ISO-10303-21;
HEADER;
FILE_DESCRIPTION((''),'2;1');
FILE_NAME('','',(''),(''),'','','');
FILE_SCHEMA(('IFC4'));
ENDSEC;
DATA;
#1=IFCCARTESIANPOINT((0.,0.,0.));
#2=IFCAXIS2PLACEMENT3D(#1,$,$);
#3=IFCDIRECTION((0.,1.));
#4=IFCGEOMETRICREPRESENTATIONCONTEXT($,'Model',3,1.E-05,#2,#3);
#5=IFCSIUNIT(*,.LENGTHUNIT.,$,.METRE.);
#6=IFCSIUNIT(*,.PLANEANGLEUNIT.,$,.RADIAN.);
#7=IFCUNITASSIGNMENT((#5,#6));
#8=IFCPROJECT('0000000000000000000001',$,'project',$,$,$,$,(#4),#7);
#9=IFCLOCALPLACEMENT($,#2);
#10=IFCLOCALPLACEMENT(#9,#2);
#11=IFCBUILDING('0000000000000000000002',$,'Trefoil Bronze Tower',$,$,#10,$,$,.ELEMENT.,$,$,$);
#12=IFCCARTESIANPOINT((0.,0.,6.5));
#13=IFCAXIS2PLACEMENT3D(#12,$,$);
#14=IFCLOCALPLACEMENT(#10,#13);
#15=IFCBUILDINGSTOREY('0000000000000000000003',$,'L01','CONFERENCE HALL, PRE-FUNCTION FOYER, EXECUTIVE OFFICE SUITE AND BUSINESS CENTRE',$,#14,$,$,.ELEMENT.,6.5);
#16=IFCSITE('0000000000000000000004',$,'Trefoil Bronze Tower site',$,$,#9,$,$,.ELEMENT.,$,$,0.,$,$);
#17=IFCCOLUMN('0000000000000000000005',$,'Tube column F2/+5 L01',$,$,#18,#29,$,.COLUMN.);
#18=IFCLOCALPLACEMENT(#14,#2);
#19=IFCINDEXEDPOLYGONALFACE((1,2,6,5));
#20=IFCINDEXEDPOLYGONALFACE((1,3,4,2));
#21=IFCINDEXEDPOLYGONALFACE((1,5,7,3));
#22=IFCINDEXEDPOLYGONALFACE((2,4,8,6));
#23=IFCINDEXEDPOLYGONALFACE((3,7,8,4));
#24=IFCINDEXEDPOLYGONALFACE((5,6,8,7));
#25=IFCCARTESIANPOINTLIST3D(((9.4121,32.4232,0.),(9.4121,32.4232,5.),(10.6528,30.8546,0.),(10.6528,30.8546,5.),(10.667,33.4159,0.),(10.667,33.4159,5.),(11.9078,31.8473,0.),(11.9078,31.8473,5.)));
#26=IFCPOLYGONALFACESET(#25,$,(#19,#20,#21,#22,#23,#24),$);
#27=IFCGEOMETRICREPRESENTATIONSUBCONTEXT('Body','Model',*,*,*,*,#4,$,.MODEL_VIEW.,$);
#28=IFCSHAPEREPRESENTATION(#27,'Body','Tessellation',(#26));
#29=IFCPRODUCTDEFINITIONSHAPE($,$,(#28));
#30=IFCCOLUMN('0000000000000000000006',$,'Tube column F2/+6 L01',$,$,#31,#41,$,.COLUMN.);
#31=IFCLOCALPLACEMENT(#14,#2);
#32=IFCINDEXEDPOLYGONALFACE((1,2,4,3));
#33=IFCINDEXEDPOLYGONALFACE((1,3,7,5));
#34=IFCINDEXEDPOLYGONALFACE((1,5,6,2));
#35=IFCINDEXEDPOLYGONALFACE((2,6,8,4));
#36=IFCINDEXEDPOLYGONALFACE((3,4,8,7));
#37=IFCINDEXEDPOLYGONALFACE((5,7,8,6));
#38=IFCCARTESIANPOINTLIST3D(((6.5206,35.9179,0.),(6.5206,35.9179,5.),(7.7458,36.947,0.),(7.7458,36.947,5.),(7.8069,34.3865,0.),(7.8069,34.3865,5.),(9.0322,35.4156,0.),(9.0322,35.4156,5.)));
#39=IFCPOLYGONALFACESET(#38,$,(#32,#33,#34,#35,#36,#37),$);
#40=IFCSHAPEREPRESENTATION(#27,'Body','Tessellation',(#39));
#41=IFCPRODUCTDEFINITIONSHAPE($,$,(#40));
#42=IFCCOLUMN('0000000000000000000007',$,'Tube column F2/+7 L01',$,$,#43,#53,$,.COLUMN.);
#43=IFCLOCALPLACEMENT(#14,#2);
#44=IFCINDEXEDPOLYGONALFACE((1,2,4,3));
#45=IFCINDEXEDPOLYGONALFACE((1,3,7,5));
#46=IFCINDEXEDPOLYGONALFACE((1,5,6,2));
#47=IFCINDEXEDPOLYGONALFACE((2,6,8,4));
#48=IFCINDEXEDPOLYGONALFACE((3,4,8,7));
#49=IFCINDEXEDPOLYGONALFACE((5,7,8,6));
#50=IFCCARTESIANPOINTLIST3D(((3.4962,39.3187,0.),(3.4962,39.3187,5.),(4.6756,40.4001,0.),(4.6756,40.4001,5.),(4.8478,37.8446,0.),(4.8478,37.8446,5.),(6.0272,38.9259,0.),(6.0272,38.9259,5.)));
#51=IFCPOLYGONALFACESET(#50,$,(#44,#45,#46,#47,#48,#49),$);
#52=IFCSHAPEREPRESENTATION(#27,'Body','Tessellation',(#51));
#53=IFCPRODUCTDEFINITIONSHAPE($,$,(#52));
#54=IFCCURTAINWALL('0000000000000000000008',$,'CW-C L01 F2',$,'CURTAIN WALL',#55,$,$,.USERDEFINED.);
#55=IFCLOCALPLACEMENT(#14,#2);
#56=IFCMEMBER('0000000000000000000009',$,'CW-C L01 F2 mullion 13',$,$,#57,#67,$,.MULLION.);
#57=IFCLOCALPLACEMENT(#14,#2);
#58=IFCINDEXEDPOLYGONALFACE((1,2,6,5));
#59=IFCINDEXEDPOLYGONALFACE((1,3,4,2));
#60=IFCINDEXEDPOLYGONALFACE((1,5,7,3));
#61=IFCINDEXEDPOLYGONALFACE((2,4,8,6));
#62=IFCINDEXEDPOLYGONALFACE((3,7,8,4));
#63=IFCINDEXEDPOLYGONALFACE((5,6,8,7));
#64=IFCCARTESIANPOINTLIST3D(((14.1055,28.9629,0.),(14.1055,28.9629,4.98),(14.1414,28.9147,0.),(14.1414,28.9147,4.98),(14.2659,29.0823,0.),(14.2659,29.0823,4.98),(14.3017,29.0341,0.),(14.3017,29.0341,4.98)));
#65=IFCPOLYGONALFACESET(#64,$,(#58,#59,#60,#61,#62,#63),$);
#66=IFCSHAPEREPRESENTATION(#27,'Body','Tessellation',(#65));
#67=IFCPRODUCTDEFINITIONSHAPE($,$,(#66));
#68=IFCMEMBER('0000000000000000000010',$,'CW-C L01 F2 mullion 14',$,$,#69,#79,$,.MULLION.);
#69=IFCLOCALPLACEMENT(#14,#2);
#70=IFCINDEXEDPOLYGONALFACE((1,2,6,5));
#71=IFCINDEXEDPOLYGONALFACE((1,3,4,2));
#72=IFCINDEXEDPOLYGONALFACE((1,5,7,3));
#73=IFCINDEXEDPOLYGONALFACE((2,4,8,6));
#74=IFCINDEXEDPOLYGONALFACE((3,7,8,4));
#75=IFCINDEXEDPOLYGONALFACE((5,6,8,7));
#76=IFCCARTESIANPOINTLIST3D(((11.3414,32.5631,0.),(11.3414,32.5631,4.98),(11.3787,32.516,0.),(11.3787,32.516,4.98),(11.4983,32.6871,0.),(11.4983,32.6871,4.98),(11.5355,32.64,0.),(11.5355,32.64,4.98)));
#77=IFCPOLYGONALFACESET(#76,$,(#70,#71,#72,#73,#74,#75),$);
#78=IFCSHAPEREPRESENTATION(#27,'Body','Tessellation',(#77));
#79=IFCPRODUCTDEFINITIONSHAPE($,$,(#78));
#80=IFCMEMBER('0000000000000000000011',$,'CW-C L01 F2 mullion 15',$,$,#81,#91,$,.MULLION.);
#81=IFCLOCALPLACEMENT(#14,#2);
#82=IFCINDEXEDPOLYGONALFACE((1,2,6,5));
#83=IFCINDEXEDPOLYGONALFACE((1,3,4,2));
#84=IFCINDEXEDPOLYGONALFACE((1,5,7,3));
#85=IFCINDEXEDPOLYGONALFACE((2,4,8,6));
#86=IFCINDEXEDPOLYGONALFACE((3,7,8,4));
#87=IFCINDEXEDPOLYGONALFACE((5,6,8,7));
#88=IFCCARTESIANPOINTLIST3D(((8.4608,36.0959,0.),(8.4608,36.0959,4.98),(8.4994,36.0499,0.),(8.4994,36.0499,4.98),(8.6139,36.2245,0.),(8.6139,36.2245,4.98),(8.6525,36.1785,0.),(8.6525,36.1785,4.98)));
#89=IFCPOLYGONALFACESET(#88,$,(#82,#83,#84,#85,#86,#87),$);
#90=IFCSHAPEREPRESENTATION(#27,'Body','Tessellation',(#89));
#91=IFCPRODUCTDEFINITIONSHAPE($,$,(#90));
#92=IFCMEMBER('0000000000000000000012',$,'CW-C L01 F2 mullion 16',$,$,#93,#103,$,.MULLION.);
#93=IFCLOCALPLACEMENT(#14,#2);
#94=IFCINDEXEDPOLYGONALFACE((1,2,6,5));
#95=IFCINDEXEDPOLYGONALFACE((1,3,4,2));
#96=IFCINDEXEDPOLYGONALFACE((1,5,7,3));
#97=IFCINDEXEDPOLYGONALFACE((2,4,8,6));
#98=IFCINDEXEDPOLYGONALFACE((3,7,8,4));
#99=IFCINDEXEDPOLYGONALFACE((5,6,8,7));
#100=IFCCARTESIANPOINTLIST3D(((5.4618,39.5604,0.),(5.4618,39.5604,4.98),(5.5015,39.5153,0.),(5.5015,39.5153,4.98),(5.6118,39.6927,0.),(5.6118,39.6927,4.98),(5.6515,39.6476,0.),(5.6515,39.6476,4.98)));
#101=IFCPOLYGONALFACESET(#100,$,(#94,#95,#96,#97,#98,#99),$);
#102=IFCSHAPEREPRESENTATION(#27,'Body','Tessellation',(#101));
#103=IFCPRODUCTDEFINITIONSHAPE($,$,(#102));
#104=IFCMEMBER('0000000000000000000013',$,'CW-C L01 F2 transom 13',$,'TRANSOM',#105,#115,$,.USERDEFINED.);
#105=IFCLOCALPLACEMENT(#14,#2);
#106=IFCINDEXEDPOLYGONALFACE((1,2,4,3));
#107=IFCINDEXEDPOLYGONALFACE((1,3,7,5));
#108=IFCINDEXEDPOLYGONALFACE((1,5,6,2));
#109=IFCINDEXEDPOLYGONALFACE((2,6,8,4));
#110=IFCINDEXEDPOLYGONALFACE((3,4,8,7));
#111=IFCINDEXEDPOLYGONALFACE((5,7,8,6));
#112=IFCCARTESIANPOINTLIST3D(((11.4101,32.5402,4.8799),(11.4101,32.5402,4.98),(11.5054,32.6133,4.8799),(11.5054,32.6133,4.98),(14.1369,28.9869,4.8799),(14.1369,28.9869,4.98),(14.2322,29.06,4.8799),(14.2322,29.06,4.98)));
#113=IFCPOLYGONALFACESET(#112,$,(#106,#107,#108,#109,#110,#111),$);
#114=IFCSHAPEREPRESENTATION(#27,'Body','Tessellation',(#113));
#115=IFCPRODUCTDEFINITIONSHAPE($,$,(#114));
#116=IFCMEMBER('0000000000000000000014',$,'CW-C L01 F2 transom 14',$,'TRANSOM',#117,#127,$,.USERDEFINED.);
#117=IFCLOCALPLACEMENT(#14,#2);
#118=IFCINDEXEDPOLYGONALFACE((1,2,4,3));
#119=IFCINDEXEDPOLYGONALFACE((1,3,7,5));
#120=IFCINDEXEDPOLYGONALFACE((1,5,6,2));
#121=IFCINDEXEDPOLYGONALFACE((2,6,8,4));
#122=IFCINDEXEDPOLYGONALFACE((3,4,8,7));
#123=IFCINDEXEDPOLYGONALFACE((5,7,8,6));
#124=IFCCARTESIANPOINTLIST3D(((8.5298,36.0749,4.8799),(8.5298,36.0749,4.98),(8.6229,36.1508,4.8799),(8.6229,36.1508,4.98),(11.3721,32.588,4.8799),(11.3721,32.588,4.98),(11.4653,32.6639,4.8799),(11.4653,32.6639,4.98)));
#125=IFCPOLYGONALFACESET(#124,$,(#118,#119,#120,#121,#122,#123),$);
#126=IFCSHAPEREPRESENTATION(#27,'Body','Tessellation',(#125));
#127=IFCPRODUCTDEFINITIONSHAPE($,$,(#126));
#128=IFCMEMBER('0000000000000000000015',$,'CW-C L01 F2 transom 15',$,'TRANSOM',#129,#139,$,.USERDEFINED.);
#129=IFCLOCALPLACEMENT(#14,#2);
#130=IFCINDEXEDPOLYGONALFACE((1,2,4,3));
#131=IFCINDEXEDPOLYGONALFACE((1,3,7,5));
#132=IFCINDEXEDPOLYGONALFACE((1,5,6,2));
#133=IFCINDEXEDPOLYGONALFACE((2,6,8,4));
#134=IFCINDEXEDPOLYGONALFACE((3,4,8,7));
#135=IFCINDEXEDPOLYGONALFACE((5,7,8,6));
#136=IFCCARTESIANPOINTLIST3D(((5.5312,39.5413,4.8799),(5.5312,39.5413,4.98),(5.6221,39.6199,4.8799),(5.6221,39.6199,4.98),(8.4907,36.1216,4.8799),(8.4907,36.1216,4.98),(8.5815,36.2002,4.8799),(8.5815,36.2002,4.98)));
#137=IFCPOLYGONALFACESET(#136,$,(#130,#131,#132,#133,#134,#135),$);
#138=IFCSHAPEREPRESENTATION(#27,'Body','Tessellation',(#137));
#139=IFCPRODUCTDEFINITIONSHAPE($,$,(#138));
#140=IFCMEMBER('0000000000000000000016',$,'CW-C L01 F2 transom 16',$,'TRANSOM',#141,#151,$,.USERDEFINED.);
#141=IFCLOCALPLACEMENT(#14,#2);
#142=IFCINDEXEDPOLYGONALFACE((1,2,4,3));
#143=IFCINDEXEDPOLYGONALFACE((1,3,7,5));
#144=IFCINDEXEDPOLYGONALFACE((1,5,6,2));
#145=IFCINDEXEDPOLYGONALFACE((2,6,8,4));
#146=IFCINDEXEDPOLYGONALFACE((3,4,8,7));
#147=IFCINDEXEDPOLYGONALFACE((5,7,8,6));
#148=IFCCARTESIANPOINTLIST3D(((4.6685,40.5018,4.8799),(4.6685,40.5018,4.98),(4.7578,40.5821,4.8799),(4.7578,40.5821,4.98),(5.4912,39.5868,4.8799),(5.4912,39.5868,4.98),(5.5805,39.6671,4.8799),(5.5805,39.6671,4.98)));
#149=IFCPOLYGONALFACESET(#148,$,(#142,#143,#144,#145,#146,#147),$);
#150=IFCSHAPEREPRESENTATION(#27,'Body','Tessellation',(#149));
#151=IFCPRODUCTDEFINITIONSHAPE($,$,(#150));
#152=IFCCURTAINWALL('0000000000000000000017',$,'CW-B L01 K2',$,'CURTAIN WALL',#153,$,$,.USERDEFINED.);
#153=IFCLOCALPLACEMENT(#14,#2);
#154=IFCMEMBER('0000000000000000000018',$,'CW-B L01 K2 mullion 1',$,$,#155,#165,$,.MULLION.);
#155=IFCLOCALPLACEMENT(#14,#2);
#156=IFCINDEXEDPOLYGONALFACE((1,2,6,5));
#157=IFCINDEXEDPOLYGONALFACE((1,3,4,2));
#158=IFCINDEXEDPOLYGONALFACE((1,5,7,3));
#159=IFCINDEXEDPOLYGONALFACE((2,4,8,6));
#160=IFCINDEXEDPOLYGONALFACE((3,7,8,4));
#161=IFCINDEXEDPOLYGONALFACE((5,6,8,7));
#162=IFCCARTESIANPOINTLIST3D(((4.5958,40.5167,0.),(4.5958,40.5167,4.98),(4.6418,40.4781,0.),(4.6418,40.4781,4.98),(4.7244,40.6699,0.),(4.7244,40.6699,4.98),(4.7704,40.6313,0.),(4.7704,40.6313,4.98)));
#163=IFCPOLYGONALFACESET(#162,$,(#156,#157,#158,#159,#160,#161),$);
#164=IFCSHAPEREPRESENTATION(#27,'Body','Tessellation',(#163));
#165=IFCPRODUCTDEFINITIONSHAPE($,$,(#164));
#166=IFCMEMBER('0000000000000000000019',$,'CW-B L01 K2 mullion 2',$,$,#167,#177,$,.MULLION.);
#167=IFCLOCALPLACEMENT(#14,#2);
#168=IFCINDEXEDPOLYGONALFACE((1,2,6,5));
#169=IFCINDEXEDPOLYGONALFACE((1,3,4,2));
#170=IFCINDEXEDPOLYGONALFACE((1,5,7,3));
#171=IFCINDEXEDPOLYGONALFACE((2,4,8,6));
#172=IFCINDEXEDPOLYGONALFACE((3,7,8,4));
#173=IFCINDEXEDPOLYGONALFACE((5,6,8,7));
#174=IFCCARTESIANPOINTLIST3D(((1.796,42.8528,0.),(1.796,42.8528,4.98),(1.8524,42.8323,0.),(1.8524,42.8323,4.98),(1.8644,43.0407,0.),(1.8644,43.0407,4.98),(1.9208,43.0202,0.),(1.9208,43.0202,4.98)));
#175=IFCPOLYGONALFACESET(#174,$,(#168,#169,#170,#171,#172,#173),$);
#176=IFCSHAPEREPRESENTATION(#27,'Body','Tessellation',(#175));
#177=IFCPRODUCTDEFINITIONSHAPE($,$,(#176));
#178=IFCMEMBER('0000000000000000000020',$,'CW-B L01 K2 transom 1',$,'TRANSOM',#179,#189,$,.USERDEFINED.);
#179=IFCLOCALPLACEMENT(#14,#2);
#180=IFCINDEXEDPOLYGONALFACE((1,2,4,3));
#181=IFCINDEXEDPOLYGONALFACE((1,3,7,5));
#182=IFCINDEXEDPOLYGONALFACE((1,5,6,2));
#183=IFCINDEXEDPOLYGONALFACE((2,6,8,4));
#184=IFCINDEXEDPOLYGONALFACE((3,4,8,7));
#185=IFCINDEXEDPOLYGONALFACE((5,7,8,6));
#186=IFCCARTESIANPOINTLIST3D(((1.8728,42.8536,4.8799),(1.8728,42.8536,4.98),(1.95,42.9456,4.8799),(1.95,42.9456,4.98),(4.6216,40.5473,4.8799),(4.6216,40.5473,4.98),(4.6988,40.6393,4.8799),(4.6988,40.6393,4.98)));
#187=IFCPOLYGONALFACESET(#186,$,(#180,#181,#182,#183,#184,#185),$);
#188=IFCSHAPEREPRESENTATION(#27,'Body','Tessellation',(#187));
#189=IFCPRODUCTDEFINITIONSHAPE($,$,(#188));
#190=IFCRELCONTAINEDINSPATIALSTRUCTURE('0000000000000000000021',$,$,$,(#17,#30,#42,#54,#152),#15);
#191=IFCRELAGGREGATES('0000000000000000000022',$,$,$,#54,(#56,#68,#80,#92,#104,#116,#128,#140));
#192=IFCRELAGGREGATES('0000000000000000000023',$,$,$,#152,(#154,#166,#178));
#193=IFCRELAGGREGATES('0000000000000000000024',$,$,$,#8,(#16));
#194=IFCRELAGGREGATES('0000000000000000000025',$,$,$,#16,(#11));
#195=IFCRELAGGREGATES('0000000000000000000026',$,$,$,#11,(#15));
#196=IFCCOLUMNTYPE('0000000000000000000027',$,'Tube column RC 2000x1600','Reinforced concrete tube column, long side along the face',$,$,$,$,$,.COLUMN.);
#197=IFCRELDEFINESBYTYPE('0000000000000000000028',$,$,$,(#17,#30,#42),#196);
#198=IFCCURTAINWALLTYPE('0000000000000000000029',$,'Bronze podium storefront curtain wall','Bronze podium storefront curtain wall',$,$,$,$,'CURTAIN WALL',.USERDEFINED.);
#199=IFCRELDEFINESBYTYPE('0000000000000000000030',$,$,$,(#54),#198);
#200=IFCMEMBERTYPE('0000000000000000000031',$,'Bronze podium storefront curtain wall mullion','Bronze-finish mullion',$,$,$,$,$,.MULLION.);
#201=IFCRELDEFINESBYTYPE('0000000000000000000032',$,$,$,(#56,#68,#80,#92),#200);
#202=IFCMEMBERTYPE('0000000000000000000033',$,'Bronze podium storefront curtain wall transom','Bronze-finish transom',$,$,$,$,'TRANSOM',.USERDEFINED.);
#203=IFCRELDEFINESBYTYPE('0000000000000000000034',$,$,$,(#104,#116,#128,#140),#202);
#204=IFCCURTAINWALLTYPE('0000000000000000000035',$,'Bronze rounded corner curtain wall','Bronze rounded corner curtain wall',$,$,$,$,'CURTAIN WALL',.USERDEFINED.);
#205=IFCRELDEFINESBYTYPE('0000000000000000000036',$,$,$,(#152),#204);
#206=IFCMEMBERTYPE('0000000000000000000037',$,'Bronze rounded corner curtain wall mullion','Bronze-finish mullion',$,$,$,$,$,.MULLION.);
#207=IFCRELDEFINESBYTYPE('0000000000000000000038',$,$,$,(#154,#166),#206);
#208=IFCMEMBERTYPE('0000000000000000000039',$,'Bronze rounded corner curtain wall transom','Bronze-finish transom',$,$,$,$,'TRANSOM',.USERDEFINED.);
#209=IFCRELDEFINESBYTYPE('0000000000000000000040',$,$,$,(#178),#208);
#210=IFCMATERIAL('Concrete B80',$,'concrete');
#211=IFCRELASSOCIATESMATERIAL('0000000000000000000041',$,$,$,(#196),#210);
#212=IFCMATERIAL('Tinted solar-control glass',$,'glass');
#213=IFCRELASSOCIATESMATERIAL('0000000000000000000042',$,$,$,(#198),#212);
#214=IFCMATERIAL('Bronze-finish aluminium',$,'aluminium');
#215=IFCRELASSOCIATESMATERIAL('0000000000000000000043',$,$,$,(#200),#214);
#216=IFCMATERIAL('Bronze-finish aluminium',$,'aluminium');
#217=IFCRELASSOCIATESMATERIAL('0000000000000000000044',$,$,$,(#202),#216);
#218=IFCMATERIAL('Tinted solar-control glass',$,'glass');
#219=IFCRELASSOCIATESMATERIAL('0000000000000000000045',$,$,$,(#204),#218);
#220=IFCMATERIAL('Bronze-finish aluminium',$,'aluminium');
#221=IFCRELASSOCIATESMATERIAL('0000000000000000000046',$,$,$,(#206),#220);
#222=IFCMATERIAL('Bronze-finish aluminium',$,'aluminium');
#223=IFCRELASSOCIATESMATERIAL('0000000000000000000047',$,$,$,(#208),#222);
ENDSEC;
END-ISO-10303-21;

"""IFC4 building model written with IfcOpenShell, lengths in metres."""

from ifc_helpers import new_model, si_unit, direction, frame, origin, origin_2d, place, context, subcontext, project, spatial, rectangle, extrude, material, material_profile, profile_set, type_object, element, aggregate, save


model = new_model("IFC4")

# Units and contexts
model_context = context("Model", 3, precision=1e-05, world=origin(), true_north=direction((0.0, 1.0)))
body_context = subcontext(model_context, "Body", "Model", "MODEL_VIEW")
ifc_project = project(units=[si_unit("LENGTHUNIT", "METRE"), si_unit("PLANEANGLEUNIT", "RADIAN")], contexts=[model_context])

# Site, building, storey
site_placement = place(None, origin())
site = spatial("IfcSite", under=ifc_project, at=site_placement, Name="Trefoil Bronze Tower site", CompositionType="ELEMENT", RefElevation=0.0)
building_placement = place(site_placement, origin())
building = spatial("IfcBuilding", under=site, at=building_placement, Name="Trefoil Bronze Tower", CompositionType="ELEMENT")
storey_placement = place(building_placement, frame((0.0, 0.0, 6.5)))
storey = spatial("IfcBuildingStorey", under=building, at=storey_placement, Name="L01", Description="CONFERENCE HALL, PRE-FUNCTION FOYER, EXECUTIVE OFFICE SUITE AND BUSINESS CENTRE", CompositionType="ELEMENT", Elevation=6.5)

# Columns
ifc_material_1 = material(Name="Concrete B80", Category="concrete")
ifc_material_profile_1 = material_profile(ifc_material_1, rectangle(XDim=2.0, YDim=1.6001, at=origin_2d()), Name="RC 2000x1600")
ifc_profile_set_1 = profile_set([ifc_material_profile_1], Name="Concrete B80")
column_type = type_object("IfcColumnType", Name="Tube column RC 2000x1600", Description="Reinforced concrete tube column, long side along the face", PredefinedType="COLUMN", material=ifc_profile_set_1)
for number, where, z_axis, x_axis, name in (
    (1, (10.6599, 32.1353, 0.0), (0.0, 0.0, 1.0), (-0.620376, 0.784305, 0.0), "Tube column F2/+5 L01"),
    (2, (7.7764, 35.6667, 0.0), (0.0, 0.0, 1.0), (-0.643163, 0.765729, 0.0), "Tube column F2/+6 L01"),
    (3, (4.7617, 39.1223, 0.0), (0.0, 0.0, 1.0), (-0.675816, 0.73707, 0.0), "Tube column F2/+7 L01"),
):
    element("IfcColumn", number, at=place(storey_placement, frame(where, z_axis=z_axis, x_axis=x_axis)), inside=storey, type_object=column_type, Name=name, PredefinedType="COLUMN", context=body_context, shape_type="SweptSolid", body=[
        extrude(rectangle(XDim=2.0, YDim=1.6001, at=origin_2d()), origin(), (0.0, 0.0, 1.0), 5.0),
    ])

# Curtain walls, members
ifc_material_2 = material(Name="Tinted solar-control glass", Category="glass")
curtain_wall_type_1 = type_object("IfcCurtainWallType", Name="Bronze podium storefront curtain wall", Description="Bronze podium storefront curtain wall", ElementType="CURTAIN WALL", PredefinedType="USERDEFINED", material=ifc_material_2)
curtain_wall_1_placement = place(storey_placement, origin())
curtain_wall_1 = element("IfcCurtainWall", 4, at=curtain_wall_1_placement, inside=storey, type_object=curtain_wall_type_1, Name="CW-C L01 F2", ObjectType="CURTAIN WALL", PredefinedType="USERDEFINED")
ifc_material_3 = material(Name="Bronze-finish aluminium", Category="aluminium")
ifc_material_profile_2 = material_profile(ifc_material_3, rectangle(XDim=0.2, YDim=0.0601, at=origin_2d()), Name="CW-C mullion")
ifc_profile_set_2 = profile_set([ifc_material_profile_2], Name="Bronze-finish aluminium")
member_type_1 = type_object("IfcMemberType", Name="Bronze podium storefront curtain wall mullion", Description="Bronze-finish mullion", PredefinedType="MULLION", material=ifc_profile_set_2)
member_1_placement = place(storey_placement, frame((14.2036, 28.9985, 0.0), z_axis=(0.0, 0.0, 1.0), x_axis=(-0.802127, -0.597154, 0.0)))
member_1 = element("IfcMember", 5, at=member_1_placement, type_object=member_type_1, Name="CW-C L01 F2 mullion 13", PredefinedType="MULLION", context=body_context, shape_type="SweptSolid", body=[
    extrude(rectangle(XDim=0.2, YDim=0.0601, at=origin_2d()), origin(), (0.0, 0.0, 1.0), 4.98),
])
member_2_placement = place(storey_placement, frame((11.4385, 32.6016, 0.0), z_axis=(0.0, 0.0, 1.0), x_axis=(-0.784305, -0.620376, 0.0)))
member_2 = element("IfcMember", 6, at=member_2_placement, type_object=member_type_1, Name="CW-C L01 F2 mullion 14", PredefinedType="MULLION", context=body_context, shape_type="SweptSolid", body=[
    extrude(rectangle(XDim=0.2, YDim=0.0601, at=origin_2d()), origin(), (0.0, 0.0, 1.0), 4.98),
])
member_3_placement = place(storey_placement, frame((8.5566, 36.1372, 0.0), z_axis=(0.0, 0.0, 1.0), x_axis=(-0.765729, -0.643163, 0.0)))
member_3 = element("IfcMember", 7, at=member_3_placement, type_object=member_type_1, Name="CW-C L01 F2 mullion 15", PredefinedType="MULLION", context=body_context, shape_type="SweptSolid", body=[
    extrude(rectangle(XDim=0.2, YDim=0.0601, at=origin_2d()), origin(), (0.0, 0.0, 1.0), 4.98),
])
member_4_placement = place(storey_placement, frame((5.5566, 39.604, 0.0), z_axis=(0.0, 0.0, 1.0), x_axis=(-0.749941, -0.661505, 0.0)))
member_4 = element("IfcMember", 8, at=member_4_placement, type_object=member_type_1, Name="CW-C L01 F2 mullion 16", PredefinedType="MULLION", context=body_context, shape_type="SweptSolid", body=[
    extrude(rectangle(XDim=0.2, YDim=0.0601, at=origin_2d()), origin(), (0.0, 0.0, 1.0), 4.98),
])
ifc_material_4 = material(Name="Bronze-finish aluminium", Category="aluminium")
ifc_material_profile_3 = material_profile(ifc_material_4, rectangle(XDim=0.1201, YDim=0.1001, at=origin_2d()), Name="CW-C transom")
ifc_profile_set_3 = profile_set([ifc_material_profile_3], Name="Bronze-finish aluminium")
member_type_2 = type_object("IfcMemberType", Name="Bronze podium storefront curtain wall transom", Description="Bronze-finish transom", ElementType="TRANSOM", PredefinedType="USERDEFINED", material=ifc_profile_set_3)
member_5_placement = place(storey_placement, frame((14.1846, 29.0234, 4.9299), z_axis=(-0.608807, 0.793319, 0.0), x_axis=(-0.793319, -0.608807, 0.0)))
member_5 = element("IfcMember", 9, at=member_5_placement, type_object=member_type_2, Name="CW-C L01 F2 transom 13", ObjectType="TRANSOM", PredefinedType="USERDEFINED", context=body_context, shape_type="SweptSolid", body=[
    extrude(rectangle(XDim=0.1201, YDim=0.1001, at=origin_2d()), origin(), (0.0, 0.0, 1.0), 4.479),
])
member_6_placement = place(storey_placement, frame((11.4187, 32.626, 4.9299), z_axis=(-0.63183, 0.775107, 0.0), x_axis=(-0.775107, -0.63183, 0.0)))
member_6 = element("IfcMember", 10, at=member_6_placement, type_object=member_type_2, Name="CW-C L01 F2 transom 14", ObjectType="TRANSOM", PredefinedType="USERDEFINED", context=body_context, shape_type="SweptSolid", body=[
    extrude(rectangle(XDim=0.1201, YDim=0.1001, at=origin_2d()), origin(), (0.0, 0.0, 1.0), 4.4985),
])
member_7_placement = place(storey_placement, frame((8.5361, 36.1609, 4.9299), z_axis=(-0.654394, 0.756154, 0.0), x_axis=(-0.756154, -0.654394, 0.0)))
member_7 = element("IfcMember", 11, at=member_7_placement, type_object=member_type_2, Name="CW-C L01 F2 transom 15", ObjectType="TRANSOM", PredefinedType="USERDEFINED", context=body_context, shape_type="SweptSolid", body=[
    extrude(rectangle(XDim=0.1201, YDim=0.1001, at=origin_2d()), origin(), (0.0, 0.0, 1.0), 4.5225),
])
member_8_placement = place(storey_placement, frame((5.5359, 39.627, 4.9299), z_axis=(-0.668614, 0.74361, 0.0), x_axis=(-0.74361, -0.668614, 0.0)))
member_8 = element("IfcMember", 12, at=member_8_placement, type_object=member_type_2, Name="CW-C L01 F2 transom 16", ObjectType="TRANSOM", PredefinedType="USERDEFINED", context=body_context, shape_type="SweptSolid", body=[
    extrude(rectangle(XDim=0.1201, YDim=0.1001, at=origin_2d()), origin(), (0.0, 0.0, 1.0), 1.2305),
])
ifc_material_5 = material(Name="Tinted solar-control glass", Category="glass")
curtain_wall_type_2 = type_object("IfcCurtainWallType", Name="Bronze rounded corner curtain wall", Description="Bronze rounded corner curtain wall", ElementType="CURTAIN WALL", PredefinedType="USERDEFINED", material=ifc_material_5)
curtain_wall_2_placement = place(storey_placement, origin())
curtain_wall_2 = element("IfcCurtainWall", 13, at=curtain_wall_2_placement, inside=storey, type_object=curtain_wall_type_2, Name="CW-B L01 K2", ObjectType="CURTAIN WALL", PredefinedType="USERDEFINED")
ifc_material_6 = material(Name="Bronze-finish aluminium", Category="aluminium")
ifc_material_profile_4 = material_profile(ifc_material_6, rectangle(XDim=0.2, YDim=0.0601, at=origin_2d()), Name="CW-B mullion")
ifc_profile_set_4 = profile_set([ifc_material_profile_4], Name="Bronze-finish aluminium")
member_type_3 = type_object("IfcMemberType", Name="Bronze rounded corner curtain wall mullion", Description="Bronze-finish mullion", PredefinedType="MULLION", material=ifc_profile_set_4)
member_9_placement = place(storey_placement, frame((4.6831, 40.574, 0.0), z_axis=(0.0, 0.0, 1.0), x_axis=(-0.642788, -0.766044, 0.0)))
member_9 = element("IfcMember", 14, at=member_9_placement, type_object=member_type_3, Name="CW-B L01 K2 mullion 1", PredefinedType="MULLION", context=body_context, shape_type="SweptSolid", body=[
    extrude(rectangle(XDim=0.2, YDim=0.0601, at=origin_2d()), origin(), (0.0, 0.0, 1.0), 4.98),
])
member_10_placement = place(storey_placement, frame((1.8584, 42.9365, 0.0), z_axis=(0.0, 0.0, 1.0), x_axis=(-0.34202, -0.939693, 0.0)))
member_10 = element("IfcMember", 15, at=member_10_placement, type_object=member_type_3, Name="CW-B L01 K2 mullion 2", PredefinedType="MULLION", context=body_context, shape_type="SweptSolid", body=[
    extrude(rectangle(XDim=0.2, YDim=0.0601, at=origin_2d()), origin(), (0.0, 0.0, 1.0), 4.98),
])
ifc_material_7 = material(Name="Bronze-finish aluminium", Category="aluminium")
ifc_material_profile_5 = material_profile(ifc_material_7, rectangle(XDim=0.1201, YDim=0.1001, at=origin_2d()), Name="CW-B transom")
ifc_profile_set_5 = profile_set([ifc_material_profile_5], Name="Bronze-finish aluminium")
member_type_4 = type_object("IfcMemberType", Name="Bronze rounded corner curtain wall transom", Description="Bronze-finish transom", ElementType="TRANSOM", PredefinedType="USERDEFINED", material=ifc_profile_set_5)
member_11_placement = place(storey_placement, frame((4.6602, 40.5933, 4.9299), z_axis=(-0.766059, 0.642771, 0.0), x_axis=(-0.642771, -0.766059, 0.0)))
member_11 = element("IfcMember", 16, at=member_11_placement, type_object=member_type_4, Name="CW-B L01 K2 transom 1", ObjectType="TRANSOM", PredefinedType="USERDEFINED", context=body_context, shape_type="SweptSolid", body=[
    extrude(rectangle(XDim=0.1201, YDim=0.1001, at=origin_2d()), origin(), (0.0, 0.0, 1.0), 3.5881),
])

aggregate(curtain_wall_1, [member_1, member_2, member_3, member_4, member_5, member_6, member_7, member_8])
aggregate(curtain_wall_2, [member_9, member_10, member_11])

save(model, "model.ifc")
